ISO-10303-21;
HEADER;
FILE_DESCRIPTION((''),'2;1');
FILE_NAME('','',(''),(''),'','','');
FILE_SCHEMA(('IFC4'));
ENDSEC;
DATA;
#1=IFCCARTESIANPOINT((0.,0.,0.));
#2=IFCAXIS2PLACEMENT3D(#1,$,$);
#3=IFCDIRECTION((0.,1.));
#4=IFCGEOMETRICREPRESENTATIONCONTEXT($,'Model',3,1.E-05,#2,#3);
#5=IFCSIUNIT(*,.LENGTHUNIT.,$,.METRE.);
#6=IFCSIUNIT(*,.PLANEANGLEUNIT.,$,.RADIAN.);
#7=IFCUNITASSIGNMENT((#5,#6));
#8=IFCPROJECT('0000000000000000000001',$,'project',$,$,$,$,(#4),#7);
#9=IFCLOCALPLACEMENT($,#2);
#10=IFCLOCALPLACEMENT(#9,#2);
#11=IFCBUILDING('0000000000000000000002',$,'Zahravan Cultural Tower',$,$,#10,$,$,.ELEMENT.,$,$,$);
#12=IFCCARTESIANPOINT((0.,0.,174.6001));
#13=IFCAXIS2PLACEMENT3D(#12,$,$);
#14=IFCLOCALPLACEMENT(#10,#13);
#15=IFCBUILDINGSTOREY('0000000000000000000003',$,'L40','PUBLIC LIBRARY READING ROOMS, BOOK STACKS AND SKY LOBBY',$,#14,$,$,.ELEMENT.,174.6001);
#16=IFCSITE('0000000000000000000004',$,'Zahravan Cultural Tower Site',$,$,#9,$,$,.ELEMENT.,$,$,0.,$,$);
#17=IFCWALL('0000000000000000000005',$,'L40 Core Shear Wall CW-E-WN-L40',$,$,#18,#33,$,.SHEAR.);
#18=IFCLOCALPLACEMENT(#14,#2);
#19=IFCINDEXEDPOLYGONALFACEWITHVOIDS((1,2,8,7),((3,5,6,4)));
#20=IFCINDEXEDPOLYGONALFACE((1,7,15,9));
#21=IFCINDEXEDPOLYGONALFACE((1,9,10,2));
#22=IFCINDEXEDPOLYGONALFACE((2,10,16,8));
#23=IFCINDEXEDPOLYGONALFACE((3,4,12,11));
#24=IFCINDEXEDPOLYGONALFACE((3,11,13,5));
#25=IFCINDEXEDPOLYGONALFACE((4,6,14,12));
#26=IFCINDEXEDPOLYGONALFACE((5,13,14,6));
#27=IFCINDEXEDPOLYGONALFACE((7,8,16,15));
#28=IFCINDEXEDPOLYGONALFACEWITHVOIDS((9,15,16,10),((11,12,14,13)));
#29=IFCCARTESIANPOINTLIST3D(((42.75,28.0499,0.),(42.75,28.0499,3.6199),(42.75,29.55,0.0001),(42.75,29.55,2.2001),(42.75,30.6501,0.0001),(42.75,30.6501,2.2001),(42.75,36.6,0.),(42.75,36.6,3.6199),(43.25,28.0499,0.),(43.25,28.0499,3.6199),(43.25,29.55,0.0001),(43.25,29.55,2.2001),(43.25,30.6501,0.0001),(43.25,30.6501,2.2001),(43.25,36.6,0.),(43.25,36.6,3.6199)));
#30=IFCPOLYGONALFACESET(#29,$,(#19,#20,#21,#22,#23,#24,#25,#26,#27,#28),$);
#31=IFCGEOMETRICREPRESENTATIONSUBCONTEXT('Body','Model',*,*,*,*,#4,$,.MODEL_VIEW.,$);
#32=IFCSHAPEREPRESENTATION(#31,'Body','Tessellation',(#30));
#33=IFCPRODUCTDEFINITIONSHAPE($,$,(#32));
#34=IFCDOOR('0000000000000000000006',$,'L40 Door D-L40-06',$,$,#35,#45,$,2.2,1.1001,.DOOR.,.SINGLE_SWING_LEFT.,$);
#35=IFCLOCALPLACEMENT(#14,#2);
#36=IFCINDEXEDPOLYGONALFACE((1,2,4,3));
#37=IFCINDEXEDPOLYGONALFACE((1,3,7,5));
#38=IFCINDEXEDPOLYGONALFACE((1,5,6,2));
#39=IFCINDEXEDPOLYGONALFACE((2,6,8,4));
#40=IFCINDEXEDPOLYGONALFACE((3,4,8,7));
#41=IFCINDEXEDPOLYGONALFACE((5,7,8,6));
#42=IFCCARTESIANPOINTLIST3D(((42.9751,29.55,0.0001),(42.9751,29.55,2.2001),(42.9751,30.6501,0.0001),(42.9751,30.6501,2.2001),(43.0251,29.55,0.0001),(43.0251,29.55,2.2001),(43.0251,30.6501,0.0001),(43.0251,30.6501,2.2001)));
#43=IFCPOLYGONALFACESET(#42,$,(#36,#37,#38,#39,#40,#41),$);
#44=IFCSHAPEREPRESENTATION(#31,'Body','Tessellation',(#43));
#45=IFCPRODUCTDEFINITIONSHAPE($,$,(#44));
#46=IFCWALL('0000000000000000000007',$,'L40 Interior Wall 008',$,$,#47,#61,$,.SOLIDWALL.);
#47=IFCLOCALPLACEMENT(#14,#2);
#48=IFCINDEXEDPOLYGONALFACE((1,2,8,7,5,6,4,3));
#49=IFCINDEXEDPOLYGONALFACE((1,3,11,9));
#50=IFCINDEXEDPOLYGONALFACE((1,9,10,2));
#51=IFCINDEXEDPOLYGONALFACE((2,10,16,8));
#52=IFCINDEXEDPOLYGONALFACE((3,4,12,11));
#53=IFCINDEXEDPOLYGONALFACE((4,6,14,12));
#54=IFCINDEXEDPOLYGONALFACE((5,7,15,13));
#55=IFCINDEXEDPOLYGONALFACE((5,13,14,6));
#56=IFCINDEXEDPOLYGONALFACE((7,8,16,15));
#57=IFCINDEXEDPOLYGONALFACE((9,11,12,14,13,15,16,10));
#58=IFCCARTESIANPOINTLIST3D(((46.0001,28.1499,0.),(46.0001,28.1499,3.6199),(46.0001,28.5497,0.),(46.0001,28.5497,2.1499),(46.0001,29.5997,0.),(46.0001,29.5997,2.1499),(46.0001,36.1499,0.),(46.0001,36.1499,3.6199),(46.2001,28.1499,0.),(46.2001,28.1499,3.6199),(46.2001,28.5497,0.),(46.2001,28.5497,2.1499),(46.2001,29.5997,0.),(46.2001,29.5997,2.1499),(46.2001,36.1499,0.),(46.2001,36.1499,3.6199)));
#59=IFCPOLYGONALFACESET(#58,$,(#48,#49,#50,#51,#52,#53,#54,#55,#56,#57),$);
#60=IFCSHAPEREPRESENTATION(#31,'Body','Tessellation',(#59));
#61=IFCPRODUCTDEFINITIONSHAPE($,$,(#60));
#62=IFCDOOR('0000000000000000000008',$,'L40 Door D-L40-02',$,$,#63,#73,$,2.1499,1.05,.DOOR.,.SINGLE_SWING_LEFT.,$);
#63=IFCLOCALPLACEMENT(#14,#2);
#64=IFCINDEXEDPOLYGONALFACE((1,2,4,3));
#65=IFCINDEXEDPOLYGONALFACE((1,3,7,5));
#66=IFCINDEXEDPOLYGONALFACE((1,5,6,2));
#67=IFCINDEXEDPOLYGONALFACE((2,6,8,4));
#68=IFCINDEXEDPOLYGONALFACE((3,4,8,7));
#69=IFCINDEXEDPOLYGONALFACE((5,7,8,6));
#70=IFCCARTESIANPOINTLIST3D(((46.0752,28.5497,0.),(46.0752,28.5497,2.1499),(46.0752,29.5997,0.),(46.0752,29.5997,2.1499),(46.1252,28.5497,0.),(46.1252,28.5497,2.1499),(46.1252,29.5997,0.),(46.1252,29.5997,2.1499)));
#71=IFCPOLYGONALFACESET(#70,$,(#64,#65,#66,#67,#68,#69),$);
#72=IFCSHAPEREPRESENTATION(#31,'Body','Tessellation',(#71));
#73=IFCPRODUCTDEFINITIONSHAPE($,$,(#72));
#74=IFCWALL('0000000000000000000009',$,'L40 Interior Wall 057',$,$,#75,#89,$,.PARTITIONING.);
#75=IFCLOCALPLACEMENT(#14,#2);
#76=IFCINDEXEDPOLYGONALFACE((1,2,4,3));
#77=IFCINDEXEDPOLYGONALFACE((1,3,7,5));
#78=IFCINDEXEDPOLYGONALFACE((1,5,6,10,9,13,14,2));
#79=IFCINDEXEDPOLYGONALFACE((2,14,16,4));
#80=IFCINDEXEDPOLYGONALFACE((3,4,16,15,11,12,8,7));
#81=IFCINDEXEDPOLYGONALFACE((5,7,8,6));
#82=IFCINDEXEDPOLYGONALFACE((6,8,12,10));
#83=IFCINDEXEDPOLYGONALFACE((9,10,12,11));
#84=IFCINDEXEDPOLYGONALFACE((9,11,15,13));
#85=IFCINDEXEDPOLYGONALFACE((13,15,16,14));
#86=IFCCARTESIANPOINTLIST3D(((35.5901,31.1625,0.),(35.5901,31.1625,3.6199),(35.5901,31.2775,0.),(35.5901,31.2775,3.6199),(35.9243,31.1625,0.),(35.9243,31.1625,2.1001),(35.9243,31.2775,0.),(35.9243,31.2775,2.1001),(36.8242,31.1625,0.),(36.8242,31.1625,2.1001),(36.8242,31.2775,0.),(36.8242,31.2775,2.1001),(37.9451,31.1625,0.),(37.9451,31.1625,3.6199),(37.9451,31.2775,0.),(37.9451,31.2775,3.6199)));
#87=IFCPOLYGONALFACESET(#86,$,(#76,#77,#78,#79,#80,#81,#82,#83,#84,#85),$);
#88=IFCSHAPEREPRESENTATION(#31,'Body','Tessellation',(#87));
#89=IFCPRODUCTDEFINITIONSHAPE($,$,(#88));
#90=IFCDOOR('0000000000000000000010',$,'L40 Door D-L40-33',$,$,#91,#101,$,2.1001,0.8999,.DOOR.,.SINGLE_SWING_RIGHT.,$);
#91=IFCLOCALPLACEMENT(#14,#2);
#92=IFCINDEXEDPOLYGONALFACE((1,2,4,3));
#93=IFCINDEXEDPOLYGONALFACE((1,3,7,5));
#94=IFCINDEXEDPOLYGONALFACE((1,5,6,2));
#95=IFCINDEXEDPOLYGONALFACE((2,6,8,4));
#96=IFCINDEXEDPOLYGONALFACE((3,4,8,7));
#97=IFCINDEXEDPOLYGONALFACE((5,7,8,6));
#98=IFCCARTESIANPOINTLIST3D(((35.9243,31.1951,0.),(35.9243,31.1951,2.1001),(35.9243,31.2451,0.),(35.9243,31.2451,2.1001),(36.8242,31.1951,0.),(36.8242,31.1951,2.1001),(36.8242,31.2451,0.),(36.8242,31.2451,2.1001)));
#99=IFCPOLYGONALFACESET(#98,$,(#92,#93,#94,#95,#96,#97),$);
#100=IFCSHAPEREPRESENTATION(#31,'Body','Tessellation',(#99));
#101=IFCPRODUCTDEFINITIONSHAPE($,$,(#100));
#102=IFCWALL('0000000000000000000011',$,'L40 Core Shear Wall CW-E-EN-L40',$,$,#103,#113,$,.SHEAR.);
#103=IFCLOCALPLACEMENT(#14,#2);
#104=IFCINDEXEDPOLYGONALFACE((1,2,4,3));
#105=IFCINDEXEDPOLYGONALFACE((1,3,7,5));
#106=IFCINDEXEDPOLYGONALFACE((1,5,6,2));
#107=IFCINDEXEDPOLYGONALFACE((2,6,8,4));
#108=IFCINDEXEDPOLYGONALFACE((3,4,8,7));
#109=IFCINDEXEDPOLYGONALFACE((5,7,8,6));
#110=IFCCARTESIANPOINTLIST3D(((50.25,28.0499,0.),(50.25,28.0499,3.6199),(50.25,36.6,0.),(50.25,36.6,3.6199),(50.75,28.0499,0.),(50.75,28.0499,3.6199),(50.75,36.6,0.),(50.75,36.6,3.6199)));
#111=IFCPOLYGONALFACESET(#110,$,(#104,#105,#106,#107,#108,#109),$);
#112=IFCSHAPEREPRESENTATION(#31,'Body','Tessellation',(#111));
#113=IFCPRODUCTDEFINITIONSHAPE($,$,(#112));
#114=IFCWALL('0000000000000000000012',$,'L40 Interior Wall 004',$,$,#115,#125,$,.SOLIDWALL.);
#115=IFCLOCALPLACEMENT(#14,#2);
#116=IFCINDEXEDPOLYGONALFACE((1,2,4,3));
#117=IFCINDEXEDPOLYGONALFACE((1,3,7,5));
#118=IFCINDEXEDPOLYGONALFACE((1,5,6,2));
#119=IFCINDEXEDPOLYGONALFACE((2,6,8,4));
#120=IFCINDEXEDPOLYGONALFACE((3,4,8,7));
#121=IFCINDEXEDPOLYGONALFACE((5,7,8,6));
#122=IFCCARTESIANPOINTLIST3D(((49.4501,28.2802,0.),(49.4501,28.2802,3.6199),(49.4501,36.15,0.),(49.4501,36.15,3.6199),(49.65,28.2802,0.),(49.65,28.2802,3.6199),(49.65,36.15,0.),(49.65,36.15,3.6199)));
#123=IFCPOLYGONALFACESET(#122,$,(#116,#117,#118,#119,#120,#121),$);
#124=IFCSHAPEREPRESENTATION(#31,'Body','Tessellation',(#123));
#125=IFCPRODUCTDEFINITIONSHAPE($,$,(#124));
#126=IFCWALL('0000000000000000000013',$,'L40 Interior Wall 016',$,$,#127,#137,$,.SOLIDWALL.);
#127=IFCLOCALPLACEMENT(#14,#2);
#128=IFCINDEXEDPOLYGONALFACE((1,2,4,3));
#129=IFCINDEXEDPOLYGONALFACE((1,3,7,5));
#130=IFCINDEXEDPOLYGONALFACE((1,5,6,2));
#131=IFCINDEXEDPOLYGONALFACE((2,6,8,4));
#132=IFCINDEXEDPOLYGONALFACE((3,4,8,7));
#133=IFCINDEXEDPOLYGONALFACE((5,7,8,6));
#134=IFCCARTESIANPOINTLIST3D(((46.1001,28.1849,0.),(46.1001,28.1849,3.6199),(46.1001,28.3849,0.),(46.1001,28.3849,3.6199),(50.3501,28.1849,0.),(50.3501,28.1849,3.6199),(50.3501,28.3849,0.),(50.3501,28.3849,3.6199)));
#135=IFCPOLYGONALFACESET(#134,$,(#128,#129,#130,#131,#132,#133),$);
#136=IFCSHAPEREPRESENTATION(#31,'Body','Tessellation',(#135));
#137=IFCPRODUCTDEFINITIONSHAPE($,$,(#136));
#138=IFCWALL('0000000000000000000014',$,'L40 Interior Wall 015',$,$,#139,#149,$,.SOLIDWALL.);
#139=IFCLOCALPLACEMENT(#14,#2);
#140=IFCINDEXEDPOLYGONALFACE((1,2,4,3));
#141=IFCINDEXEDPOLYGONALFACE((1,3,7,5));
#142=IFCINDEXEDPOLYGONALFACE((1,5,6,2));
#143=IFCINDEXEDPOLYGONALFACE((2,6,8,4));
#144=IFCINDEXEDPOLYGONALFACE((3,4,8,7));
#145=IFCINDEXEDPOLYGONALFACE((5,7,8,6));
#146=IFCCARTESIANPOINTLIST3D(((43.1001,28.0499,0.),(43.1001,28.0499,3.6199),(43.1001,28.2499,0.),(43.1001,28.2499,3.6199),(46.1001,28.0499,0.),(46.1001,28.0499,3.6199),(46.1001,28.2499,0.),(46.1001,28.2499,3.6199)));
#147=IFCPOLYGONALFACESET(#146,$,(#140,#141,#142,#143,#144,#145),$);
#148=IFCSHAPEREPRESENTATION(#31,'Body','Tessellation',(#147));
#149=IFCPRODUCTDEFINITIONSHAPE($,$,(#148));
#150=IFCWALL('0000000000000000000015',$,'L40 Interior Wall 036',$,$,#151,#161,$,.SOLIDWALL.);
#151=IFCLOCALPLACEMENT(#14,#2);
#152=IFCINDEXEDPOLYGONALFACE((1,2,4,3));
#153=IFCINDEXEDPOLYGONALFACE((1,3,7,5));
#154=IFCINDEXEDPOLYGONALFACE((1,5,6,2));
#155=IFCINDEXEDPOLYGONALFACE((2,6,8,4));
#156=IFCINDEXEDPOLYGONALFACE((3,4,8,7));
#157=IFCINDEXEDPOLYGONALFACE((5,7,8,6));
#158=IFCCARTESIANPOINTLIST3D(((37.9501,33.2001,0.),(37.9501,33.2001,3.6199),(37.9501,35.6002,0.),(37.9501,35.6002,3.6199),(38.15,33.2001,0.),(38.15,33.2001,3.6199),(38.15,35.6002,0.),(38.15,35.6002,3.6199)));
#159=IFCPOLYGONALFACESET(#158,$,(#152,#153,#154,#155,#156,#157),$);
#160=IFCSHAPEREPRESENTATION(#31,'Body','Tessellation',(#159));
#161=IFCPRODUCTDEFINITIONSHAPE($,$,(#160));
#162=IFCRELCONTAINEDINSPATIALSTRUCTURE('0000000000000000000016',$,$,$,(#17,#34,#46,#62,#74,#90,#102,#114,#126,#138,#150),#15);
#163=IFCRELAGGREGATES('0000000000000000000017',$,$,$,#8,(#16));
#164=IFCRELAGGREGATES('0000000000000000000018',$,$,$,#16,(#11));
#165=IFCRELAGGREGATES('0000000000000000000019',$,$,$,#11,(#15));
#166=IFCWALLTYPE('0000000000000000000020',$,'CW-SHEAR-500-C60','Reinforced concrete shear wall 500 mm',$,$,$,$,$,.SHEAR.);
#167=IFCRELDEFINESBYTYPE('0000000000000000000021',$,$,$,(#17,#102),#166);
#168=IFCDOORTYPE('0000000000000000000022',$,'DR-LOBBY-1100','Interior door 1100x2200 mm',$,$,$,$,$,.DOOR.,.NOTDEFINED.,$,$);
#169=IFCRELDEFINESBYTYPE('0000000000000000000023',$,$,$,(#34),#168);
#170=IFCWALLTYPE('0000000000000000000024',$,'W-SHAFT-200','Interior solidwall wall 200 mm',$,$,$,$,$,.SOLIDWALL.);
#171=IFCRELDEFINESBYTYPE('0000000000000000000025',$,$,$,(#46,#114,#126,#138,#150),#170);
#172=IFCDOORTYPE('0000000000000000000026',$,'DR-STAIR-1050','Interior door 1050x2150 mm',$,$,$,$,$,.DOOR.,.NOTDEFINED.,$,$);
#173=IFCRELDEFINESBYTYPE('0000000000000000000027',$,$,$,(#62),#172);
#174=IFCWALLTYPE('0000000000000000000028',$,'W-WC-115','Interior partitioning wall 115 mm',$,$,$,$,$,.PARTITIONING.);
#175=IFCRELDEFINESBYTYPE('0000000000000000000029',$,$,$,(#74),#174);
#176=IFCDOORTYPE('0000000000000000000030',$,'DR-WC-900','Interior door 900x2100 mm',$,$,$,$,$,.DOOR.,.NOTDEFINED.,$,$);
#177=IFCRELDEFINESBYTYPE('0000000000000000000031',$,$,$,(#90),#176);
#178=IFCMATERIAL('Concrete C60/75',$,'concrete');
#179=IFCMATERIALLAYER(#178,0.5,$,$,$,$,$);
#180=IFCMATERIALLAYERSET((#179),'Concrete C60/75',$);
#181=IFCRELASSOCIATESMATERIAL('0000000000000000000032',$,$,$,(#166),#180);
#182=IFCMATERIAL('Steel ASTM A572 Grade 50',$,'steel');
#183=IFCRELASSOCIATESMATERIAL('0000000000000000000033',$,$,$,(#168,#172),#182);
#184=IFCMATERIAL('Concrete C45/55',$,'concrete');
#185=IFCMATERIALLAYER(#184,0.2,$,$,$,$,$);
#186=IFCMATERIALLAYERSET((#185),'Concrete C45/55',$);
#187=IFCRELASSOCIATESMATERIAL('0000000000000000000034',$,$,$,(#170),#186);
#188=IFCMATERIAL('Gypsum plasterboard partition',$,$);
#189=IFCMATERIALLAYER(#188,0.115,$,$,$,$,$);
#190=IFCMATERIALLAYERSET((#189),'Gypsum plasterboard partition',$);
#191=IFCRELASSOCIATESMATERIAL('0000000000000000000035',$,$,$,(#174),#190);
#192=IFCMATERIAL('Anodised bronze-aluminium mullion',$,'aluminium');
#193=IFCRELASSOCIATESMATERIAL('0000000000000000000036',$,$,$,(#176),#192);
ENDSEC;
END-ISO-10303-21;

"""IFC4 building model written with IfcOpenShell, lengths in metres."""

from ifc_helpers import new_model, si_unit, direction, frame, frame_2d, origin, place, context, subcontext, project, spatial, rectangle, extrude, source, transform, mapped, material, layer, layer_set, type_object, element, fill, save


model = new_model("IFC4")

# Units and contexts
model_context = context("Model", 3, precision=1e-05, world=origin(), true_north=direction((0.0, 1.0)))
body_context = subcontext(model_context, "Body", "Model", "MODEL_VIEW")
ifc_project = project(units=[si_unit("LENGTHUNIT", "METRE"), si_unit("PLANEANGLEUNIT", "RADIAN")], contexts=[model_context])

# Site, building, storey
site_placement = place(None, origin())
site = spatial("IfcSite", under=ifc_project, at=site_placement, Name="Zahravan Cultural Tower Site", CompositionType="ELEMENT", RefElevation=0.0)
building_placement = place(site_placement, origin())
building = spatial("IfcBuilding", under=site, at=building_placement, Name="Zahravan Cultural Tower", CompositionType="ELEMENT")
storey_placement = place(building_placement, frame((0.0, 0.0, 174.6001)))
storey = spatial("IfcBuildingStorey", under=building, at=storey_placement, Name="L40", Description="PUBLIC LIBRARY READING ROOMS, BOOK STACKS AND SKY LOBBY", CompositionType="ELEMENT", Elevation=174.6001)

# Walls, openings, doors
ifc_material_1 = material(Name="Concrete C60/75", Category="concrete")
ifc_layer_1 = layer(ifc_material_1, 0.5)
ifc_layer_set_1 = layer_set([ifc_layer_1], Name="Concrete C60/75")
wall_type_1 = type_object("IfcWallType", Name="CW-SHEAR-500-C60", Description="Reinforced concrete shear wall 500 mm", PredefinedType="SHEAR", material=ifc_layer_set_1)
wall_1_placement = place(storey_placement, frame((43.0, 28.05, 0.0), z_axis=(0.0, 0.0, 1.0), x_axis=(0.0, 1.0, 0.0)))
wall_1 = element("IfcWall", 1, at=wall_1_placement, inside=storey, type_object=wall_type_1, Name="L40 Core Shear Wall CW-E-WN-L40", PredefinedType="SHEAR", context=body_context, shape_type="SweptSolid", body=[
    extrude(rectangle(XDim=8.55, YDim=0.5, at=frame_2d((4.2749, 0.0))), origin(), (0.0, 0.0, 1.0), 3.6199),
])
opening_1_placement = place(wall_1_placement, frame((1.5, 0.0, 0.0)))
opening_1 = element("IfcOpeningElement", 2, at=opening_1_placement, cuts=wall_1, PredefinedType="OPENING", context=body_context, shape_type="SweptSolid", body=[
    extrude(rectangle(XDim=1.1001, YDim=2.2, at=frame_2d((0.55, 1.1001))), frame((0.0, 0.26, 0.0), z_axis=(0.0, -1.0, 0.0), x_axis=(1.0, 0.0, 0.0)), (0.0, 0.0, 1.0), 0.52),
])
ifc_material_2 = material(Name="Steel ASTM A572 Grade 50", Category="steel")
door_type_1 = type_object("IfcDoorType", Name="DR-LOBBY-1100", Description="Interior door 1100x2200 mm", OperationType="NOTDEFINED", PredefinedType="DOOR", material=ifc_material_2)
shared_shape_1 = source(origin(), body_context, "Body", "SweptSolid", [
    extrude(rectangle(XDim=1.1001, YDim=2.2, at=frame_2d((0.55, 1.1001))), frame((0.0, 0.0249, 0.0), z_axis=(0.0, -1.0, 0.0), x_axis=(1.0, 0.0, 0.0)), (0.0, 0.0, 1.0), 0.05),
])
door_1_placement = place(opening_1_placement, origin())
door_1 = element("IfcDoor", 3, at=door_1_placement, inside=storey, type_object=door_type_1, Name="L40 Door D-L40-06", OperationType="SINGLE_SWING_LEFT", OverallHeight=2.2, OverallWidth=1.1001, PredefinedType="DOOR", context=body_context, shape_type="MappedRepresentation", body=[
    mapped(shared_shape_1, transform((0.0, 0.0, 0.0), x_axis=(1.0, 0.0, 0.0), y_axis=(0.0, 1.0, 0.0), z_axis=(0.0, 0.0, 1.0), scale=1.0)),
])
fill(opening_1, door_1)
ifc_material_3 = material(Name="Gypsum plasterboard partition")
ifc_material_4 = material(Name="Anodised bronze-aluminium mullion", Category="aluminium")
ifc_material_5 = material(Name="Concrete C45/55", Category="concrete")
ifc_layer_2 = layer(ifc_material_5, 0.2)
ifc_layer_set_2 = layer_set([ifc_layer_2], Name="Concrete C45/55")
wall_type_2 = type_object("IfcWallType", Name="W-SHAFT-200", Description="Interior solidwall wall 200 mm", PredefinedType="SOLIDWALL", material=ifc_layer_set_2)
wall_2_placement = place(storey_placement, frame((46.1001, 28.1499, 0.0), z_axis=(0.0, 0.0, 1.0), x_axis=(0.0, 1.0, 0.0)))
wall_2 = element("IfcWall", 4, at=wall_2_placement, inside=storey, type_object=wall_type_2, Name="L40 Interior Wall 008", PredefinedType="SOLIDWALL", context=body_context, shape_type="SweptSolid", body=[
    extrude(rectangle(XDim=8.0, YDim=0.2, at=frame_2d((4.0, 0.0))), origin(), (0.0, 0.0, 1.0), 3.6199),
])
opening_2_placement = place(wall_2_placement, frame((0.3999, 0.0, 0.0)))
opening_2 = element("IfcOpeningElement", 5, at=opening_2_placement, cuts=wall_2, PredefinedType="OPENING", context=body_context, shape_type="SweptSolid", body=[
    extrude(rectangle(XDim=1.05, YDim=2.1499, at=frame_2d((0.5249, 1.075))), frame((0.0, 0.1099, 0.0), z_axis=(0.0, -1.0, 0.0), x_axis=(1.0, 0.0, 0.0)), (0.0, 0.0, 1.0), 0.22),
])
door_type_2 = type_object("IfcDoorType", Name="DR-STAIR-1050", Description="Interior door 1050x2150 mm", OperationType="NOTDEFINED", PredefinedType="DOOR", material=ifc_material_2)
shared_shape_2 = source(origin(), body_context, "Body", "SweptSolid", [
    extrude(rectangle(XDim=1.05, YDim=2.1499, at=frame_2d((0.5249, 1.075))), frame((0.0, 0.0249, 0.0), z_axis=(0.0, -1.0, 0.0), x_axis=(1.0, 0.0, 0.0)), (0.0, 0.0, 1.0), 0.05),
])
door_2_placement = place(opening_2_placement, origin())
door_2 = element("IfcDoor", 6, at=door_2_placement, inside=storey, type_object=door_type_2, Name="L40 Door D-L40-02", OperationType="SINGLE_SWING_LEFT", OverallHeight=2.1499, OverallWidth=1.05, PredefinedType="DOOR", context=body_context, shape_type="MappedRepresentation", body=[
    mapped(shared_shape_2, transform((0.0, 0.0, 0.0), x_axis=(1.0, 0.0, 0.0), y_axis=(0.0, 1.0, 0.0), z_axis=(0.0, 0.0, 1.0), scale=1.0)),
])
fill(opening_2, door_2)
ifc_layer_3 = layer(ifc_material_3, 0.115)
ifc_layer_set_3 = layer_set([ifc_layer_3], Name="Gypsum plasterboard partition")
wall_type_3 = type_object("IfcWallType", Name="W-WC-115", Description="Interior partitioning wall 115 mm", PredefinedType="PARTITIONING", material=ifc_layer_set_3)
wall_3_placement = place(storey_placement, frame((37.9451, 31.22, 0.0), z_axis=(0.0, 0.0, 1.0), x_axis=(-1.0, 0.0, 0.0)))
wall_3 = element("IfcWall", 7, at=wall_3_placement, inside=storey, type_object=wall_type_3, Name="L40 Interior Wall 057", PredefinedType="PARTITIONING", context=body_context, shape_type="SweptSolid", body=[
    extrude(rectangle(XDim=2.355, YDim=0.115, at=frame_2d((1.1775, 0.0))), origin(), (0.0, 0.0, 1.0), 3.6199),
])
opening_3_placement = place(wall_3_placement, frame((1.1208, 0.0, 0.0)))
opening_3 = element("IfcOpeningElement", 8, at=opening_3_placement, cuts=wall_3, PredefinedType="OPENING", context=body_context, shape_type="SweptSolid", body=[
    extrude(rectangle(XDim=0.8999, YDim=2.1001, at=frame_2d((0.45, 1.05))), frame((0.0, 0.0674, 0.0), z_axis=(0.0, -1.0, 0.0), x_axis=(1.0, 0.0, 0.0)), (0.0, 0.0, 1.0), 0.135),
])
door_type_3 = type_object("IfcDoorType", Name="DR-WC-900", Description="Interior door 900x2100 mm", OperationType="NOTDEFINED", PredefinedType="DOOR", material=ifc_material_4)
shared_shape_3 = source(origin(), body_context, "Body", "SweptSolid", [
    extrude(rectangle(XDim=0.8999, YDim=2.1001, at=frame_2d((0.45, 1.05))), frame((0.0, 0.0249, 0.0), z_axis=(0.0, -1.0, 0.0), x_axis=(1.0, 0.0, 0.0)), (0.0, 0.0, 1.0), 0.05),
])
door_3_placement = place(opening_3_placement, origin())
door_3 = element("IfcDoor", 9, at=door_3_placement, inside=storey, type_object=door_type_3, Name="L40 Door D-L40-33", OperationType="SINGLE_SWING_RIGHT", OverallHeight=2.1001, OverallWidth=0.8999, PredefinedType="DOOR", context=body_context, shape_type="MappedRepresentation", body=[
    mapped(shared_shape_3, transform((0.0, 0.0, 0.0), x_axis=(1.0, 0.0, 0.0), y_axis=(0.0, 1.0, 0.0), z_axis=(0.0, 0.0, 1.0), scale=1.0)),
])
fill(opening_3, door_3)

# Walls
shared_shape_4 = source(origin(), body_context, "Body", "SweptSolid", [
    extrude(rectangle(XDim=8.55, YDim=0.5, at=frame_2d((4.2749, 0.0))), origin(), (0.0, 0.0, 1.0), 3.6199),
])
wall_4_placement = place(storey_placement, frame((50.5, 28.05, 0.0), z_axis=(0.0, 0.0, 1.0), x_axis=(0.0, 1.0, 0.0)))
element("IfcWall", 10, at=wall_4_placement, inside=storey, type_object=wall_type_1, Name="L40 Core Shear Wall CW-E-EN-L40", PredefinedType="SHEAR", context=body_context, shape_type="MappedRepresentation", body=[
    mapped(shared_shape_4, transform((0.0, 0.0, 0.0), x_axis=(1.0, 0.0, 0.0), y_axis=(0.0, 1.0, 0.0), z_axis=(0.0, 0.0, 1.0), scale=1.0)),
])
shared_shape_5 = source(origin(), body_context, "Body", "SweptSolid", [
    extrude(rectangle(XDim=7.8699, YDim=0.2, at=frame_2d((3.9351, 0.0))), origin(), (0.0, 0.0, 1.0), 3.6199),
])
wall_5_placement = place(storey_placement, frame((49.55, 28.28, 0.0), z_axis=(0.0, 0.0, 1.0), x_axis=(0.0, 1.0, 0.0)))
element("IfcWall", 11, at=wall_5_placement, inside=storey, type_object=wall_type_2, Name="L40 Interior Wall 004", PredefinedType="SOLIDWALL", context=body_context, shape_type="MappedRepresentation", body=[
    mapped(shared_shape_5, transform((0.0, 0.0, 0.0), x_axis=(1.0, 0.0, 0.0), y_axis=(0.0, 1.0, 0.0), z_axis=(0.0, 0.0, 1.0), scale=1.0)),
])
shared_shape_6 = source(origin(), body_context, "Body", "SweptSolid", [
    extrude(rectangle(XDim=4.25, YDim=0.2, at=frame_2d((2.125, 0.0))), origin(), (0.0, 0.0, 1.0), 3.6199),
])
wall_6_placement = place(storey_placement, frame((46.1001, 28.2849, 0.0), z_axis=(0.0, 0.0, 1.0), x_axis=(1.0, 0.0, 0.0)))
element("IfcWall", 12, at=wall_6_placement, inside=storey, type_object=wall_type_2, Name="L40 Interior Wall 016", PredefinedType="SOLIDWALL", context=body_context, shape_type="MappedRepresentation", body=[
    mapped(shared_shape_6, transform((0.0, 0.0, 0.0), x_axis=(1.0, 0.0, 0.0), y_axis=(0.0, 1.0, 0.0), z_axis=(0.0, 0.0, 1.0), scale=1.0)),
])
shared_shape_7 = source(origin(), body_context, "Body", "SweptSolid", [
    extrude(rectangle(XDim=3.0, YDim=0.2, at=frame_2d((1.5, 0.0))), origin(), (0.0, 0.0, 1.0), 3.6199),
])
wall_7_placement = place(storey_placement, frame((43.1001, 28.1499, 0.0), z_axis=(0.0, 0.0, 1.0), x_axis=(1.0, 0.0, 0.0)))
element("IfcWall", 13, at=wall_7_placement, inside=storey, type_object=wall_type_2, Name="L40 Interior Wall 015", PredefinedType="SOLIDWALL", context=body_context, shape_type="MappedRepresentation", body=[
    mapped(shared_shape_7, transform((0.0, 0.0, 0.0), x_axis=(1.0, 0.0, 0.0), y_axis=(0.0, 1.0, 0.0), z_axis=(0.0, 0.0, 1.0), scale=1.0)),
])
shared_shape_8 = source(origin(), body_context, "Body", "SweptSolid", [
    extrude(rectangle(XDim=2.4001, YDim=0.2, at=frame_2d((1.2002, 0.0))), origin(), (0.0, 0.0, 1.0), 3.6199),
])
for number, where, z_axis, x_axis, name in (
    (14, (38.05, 33.2, 0.0), (0.0, 0.0, 1.0), (0.0, 1.0, 0.0), "L40 Interior Wall 036"),
):
    element("IfcWall", number, at=place(storey_placement, frame(where, z_axis=z_axis, x_axis=x_axis)), inside=storey, type_object=wall_type_2, Name=name, PredefinedType="SOLIDWALL", context=body_context, shape_type="MappedRepresentation", body=[
        mapped(shared_shape_8, transform((0.0, 0.0, 0.0), x_axis=(1.0, 0.0, 0.0), y_axis=(0.0, 1.0, 0.0), z_axis=(0.0, 0.0, 1.0), scale=1.0)),
    ])

save(model, "model.ifc")
